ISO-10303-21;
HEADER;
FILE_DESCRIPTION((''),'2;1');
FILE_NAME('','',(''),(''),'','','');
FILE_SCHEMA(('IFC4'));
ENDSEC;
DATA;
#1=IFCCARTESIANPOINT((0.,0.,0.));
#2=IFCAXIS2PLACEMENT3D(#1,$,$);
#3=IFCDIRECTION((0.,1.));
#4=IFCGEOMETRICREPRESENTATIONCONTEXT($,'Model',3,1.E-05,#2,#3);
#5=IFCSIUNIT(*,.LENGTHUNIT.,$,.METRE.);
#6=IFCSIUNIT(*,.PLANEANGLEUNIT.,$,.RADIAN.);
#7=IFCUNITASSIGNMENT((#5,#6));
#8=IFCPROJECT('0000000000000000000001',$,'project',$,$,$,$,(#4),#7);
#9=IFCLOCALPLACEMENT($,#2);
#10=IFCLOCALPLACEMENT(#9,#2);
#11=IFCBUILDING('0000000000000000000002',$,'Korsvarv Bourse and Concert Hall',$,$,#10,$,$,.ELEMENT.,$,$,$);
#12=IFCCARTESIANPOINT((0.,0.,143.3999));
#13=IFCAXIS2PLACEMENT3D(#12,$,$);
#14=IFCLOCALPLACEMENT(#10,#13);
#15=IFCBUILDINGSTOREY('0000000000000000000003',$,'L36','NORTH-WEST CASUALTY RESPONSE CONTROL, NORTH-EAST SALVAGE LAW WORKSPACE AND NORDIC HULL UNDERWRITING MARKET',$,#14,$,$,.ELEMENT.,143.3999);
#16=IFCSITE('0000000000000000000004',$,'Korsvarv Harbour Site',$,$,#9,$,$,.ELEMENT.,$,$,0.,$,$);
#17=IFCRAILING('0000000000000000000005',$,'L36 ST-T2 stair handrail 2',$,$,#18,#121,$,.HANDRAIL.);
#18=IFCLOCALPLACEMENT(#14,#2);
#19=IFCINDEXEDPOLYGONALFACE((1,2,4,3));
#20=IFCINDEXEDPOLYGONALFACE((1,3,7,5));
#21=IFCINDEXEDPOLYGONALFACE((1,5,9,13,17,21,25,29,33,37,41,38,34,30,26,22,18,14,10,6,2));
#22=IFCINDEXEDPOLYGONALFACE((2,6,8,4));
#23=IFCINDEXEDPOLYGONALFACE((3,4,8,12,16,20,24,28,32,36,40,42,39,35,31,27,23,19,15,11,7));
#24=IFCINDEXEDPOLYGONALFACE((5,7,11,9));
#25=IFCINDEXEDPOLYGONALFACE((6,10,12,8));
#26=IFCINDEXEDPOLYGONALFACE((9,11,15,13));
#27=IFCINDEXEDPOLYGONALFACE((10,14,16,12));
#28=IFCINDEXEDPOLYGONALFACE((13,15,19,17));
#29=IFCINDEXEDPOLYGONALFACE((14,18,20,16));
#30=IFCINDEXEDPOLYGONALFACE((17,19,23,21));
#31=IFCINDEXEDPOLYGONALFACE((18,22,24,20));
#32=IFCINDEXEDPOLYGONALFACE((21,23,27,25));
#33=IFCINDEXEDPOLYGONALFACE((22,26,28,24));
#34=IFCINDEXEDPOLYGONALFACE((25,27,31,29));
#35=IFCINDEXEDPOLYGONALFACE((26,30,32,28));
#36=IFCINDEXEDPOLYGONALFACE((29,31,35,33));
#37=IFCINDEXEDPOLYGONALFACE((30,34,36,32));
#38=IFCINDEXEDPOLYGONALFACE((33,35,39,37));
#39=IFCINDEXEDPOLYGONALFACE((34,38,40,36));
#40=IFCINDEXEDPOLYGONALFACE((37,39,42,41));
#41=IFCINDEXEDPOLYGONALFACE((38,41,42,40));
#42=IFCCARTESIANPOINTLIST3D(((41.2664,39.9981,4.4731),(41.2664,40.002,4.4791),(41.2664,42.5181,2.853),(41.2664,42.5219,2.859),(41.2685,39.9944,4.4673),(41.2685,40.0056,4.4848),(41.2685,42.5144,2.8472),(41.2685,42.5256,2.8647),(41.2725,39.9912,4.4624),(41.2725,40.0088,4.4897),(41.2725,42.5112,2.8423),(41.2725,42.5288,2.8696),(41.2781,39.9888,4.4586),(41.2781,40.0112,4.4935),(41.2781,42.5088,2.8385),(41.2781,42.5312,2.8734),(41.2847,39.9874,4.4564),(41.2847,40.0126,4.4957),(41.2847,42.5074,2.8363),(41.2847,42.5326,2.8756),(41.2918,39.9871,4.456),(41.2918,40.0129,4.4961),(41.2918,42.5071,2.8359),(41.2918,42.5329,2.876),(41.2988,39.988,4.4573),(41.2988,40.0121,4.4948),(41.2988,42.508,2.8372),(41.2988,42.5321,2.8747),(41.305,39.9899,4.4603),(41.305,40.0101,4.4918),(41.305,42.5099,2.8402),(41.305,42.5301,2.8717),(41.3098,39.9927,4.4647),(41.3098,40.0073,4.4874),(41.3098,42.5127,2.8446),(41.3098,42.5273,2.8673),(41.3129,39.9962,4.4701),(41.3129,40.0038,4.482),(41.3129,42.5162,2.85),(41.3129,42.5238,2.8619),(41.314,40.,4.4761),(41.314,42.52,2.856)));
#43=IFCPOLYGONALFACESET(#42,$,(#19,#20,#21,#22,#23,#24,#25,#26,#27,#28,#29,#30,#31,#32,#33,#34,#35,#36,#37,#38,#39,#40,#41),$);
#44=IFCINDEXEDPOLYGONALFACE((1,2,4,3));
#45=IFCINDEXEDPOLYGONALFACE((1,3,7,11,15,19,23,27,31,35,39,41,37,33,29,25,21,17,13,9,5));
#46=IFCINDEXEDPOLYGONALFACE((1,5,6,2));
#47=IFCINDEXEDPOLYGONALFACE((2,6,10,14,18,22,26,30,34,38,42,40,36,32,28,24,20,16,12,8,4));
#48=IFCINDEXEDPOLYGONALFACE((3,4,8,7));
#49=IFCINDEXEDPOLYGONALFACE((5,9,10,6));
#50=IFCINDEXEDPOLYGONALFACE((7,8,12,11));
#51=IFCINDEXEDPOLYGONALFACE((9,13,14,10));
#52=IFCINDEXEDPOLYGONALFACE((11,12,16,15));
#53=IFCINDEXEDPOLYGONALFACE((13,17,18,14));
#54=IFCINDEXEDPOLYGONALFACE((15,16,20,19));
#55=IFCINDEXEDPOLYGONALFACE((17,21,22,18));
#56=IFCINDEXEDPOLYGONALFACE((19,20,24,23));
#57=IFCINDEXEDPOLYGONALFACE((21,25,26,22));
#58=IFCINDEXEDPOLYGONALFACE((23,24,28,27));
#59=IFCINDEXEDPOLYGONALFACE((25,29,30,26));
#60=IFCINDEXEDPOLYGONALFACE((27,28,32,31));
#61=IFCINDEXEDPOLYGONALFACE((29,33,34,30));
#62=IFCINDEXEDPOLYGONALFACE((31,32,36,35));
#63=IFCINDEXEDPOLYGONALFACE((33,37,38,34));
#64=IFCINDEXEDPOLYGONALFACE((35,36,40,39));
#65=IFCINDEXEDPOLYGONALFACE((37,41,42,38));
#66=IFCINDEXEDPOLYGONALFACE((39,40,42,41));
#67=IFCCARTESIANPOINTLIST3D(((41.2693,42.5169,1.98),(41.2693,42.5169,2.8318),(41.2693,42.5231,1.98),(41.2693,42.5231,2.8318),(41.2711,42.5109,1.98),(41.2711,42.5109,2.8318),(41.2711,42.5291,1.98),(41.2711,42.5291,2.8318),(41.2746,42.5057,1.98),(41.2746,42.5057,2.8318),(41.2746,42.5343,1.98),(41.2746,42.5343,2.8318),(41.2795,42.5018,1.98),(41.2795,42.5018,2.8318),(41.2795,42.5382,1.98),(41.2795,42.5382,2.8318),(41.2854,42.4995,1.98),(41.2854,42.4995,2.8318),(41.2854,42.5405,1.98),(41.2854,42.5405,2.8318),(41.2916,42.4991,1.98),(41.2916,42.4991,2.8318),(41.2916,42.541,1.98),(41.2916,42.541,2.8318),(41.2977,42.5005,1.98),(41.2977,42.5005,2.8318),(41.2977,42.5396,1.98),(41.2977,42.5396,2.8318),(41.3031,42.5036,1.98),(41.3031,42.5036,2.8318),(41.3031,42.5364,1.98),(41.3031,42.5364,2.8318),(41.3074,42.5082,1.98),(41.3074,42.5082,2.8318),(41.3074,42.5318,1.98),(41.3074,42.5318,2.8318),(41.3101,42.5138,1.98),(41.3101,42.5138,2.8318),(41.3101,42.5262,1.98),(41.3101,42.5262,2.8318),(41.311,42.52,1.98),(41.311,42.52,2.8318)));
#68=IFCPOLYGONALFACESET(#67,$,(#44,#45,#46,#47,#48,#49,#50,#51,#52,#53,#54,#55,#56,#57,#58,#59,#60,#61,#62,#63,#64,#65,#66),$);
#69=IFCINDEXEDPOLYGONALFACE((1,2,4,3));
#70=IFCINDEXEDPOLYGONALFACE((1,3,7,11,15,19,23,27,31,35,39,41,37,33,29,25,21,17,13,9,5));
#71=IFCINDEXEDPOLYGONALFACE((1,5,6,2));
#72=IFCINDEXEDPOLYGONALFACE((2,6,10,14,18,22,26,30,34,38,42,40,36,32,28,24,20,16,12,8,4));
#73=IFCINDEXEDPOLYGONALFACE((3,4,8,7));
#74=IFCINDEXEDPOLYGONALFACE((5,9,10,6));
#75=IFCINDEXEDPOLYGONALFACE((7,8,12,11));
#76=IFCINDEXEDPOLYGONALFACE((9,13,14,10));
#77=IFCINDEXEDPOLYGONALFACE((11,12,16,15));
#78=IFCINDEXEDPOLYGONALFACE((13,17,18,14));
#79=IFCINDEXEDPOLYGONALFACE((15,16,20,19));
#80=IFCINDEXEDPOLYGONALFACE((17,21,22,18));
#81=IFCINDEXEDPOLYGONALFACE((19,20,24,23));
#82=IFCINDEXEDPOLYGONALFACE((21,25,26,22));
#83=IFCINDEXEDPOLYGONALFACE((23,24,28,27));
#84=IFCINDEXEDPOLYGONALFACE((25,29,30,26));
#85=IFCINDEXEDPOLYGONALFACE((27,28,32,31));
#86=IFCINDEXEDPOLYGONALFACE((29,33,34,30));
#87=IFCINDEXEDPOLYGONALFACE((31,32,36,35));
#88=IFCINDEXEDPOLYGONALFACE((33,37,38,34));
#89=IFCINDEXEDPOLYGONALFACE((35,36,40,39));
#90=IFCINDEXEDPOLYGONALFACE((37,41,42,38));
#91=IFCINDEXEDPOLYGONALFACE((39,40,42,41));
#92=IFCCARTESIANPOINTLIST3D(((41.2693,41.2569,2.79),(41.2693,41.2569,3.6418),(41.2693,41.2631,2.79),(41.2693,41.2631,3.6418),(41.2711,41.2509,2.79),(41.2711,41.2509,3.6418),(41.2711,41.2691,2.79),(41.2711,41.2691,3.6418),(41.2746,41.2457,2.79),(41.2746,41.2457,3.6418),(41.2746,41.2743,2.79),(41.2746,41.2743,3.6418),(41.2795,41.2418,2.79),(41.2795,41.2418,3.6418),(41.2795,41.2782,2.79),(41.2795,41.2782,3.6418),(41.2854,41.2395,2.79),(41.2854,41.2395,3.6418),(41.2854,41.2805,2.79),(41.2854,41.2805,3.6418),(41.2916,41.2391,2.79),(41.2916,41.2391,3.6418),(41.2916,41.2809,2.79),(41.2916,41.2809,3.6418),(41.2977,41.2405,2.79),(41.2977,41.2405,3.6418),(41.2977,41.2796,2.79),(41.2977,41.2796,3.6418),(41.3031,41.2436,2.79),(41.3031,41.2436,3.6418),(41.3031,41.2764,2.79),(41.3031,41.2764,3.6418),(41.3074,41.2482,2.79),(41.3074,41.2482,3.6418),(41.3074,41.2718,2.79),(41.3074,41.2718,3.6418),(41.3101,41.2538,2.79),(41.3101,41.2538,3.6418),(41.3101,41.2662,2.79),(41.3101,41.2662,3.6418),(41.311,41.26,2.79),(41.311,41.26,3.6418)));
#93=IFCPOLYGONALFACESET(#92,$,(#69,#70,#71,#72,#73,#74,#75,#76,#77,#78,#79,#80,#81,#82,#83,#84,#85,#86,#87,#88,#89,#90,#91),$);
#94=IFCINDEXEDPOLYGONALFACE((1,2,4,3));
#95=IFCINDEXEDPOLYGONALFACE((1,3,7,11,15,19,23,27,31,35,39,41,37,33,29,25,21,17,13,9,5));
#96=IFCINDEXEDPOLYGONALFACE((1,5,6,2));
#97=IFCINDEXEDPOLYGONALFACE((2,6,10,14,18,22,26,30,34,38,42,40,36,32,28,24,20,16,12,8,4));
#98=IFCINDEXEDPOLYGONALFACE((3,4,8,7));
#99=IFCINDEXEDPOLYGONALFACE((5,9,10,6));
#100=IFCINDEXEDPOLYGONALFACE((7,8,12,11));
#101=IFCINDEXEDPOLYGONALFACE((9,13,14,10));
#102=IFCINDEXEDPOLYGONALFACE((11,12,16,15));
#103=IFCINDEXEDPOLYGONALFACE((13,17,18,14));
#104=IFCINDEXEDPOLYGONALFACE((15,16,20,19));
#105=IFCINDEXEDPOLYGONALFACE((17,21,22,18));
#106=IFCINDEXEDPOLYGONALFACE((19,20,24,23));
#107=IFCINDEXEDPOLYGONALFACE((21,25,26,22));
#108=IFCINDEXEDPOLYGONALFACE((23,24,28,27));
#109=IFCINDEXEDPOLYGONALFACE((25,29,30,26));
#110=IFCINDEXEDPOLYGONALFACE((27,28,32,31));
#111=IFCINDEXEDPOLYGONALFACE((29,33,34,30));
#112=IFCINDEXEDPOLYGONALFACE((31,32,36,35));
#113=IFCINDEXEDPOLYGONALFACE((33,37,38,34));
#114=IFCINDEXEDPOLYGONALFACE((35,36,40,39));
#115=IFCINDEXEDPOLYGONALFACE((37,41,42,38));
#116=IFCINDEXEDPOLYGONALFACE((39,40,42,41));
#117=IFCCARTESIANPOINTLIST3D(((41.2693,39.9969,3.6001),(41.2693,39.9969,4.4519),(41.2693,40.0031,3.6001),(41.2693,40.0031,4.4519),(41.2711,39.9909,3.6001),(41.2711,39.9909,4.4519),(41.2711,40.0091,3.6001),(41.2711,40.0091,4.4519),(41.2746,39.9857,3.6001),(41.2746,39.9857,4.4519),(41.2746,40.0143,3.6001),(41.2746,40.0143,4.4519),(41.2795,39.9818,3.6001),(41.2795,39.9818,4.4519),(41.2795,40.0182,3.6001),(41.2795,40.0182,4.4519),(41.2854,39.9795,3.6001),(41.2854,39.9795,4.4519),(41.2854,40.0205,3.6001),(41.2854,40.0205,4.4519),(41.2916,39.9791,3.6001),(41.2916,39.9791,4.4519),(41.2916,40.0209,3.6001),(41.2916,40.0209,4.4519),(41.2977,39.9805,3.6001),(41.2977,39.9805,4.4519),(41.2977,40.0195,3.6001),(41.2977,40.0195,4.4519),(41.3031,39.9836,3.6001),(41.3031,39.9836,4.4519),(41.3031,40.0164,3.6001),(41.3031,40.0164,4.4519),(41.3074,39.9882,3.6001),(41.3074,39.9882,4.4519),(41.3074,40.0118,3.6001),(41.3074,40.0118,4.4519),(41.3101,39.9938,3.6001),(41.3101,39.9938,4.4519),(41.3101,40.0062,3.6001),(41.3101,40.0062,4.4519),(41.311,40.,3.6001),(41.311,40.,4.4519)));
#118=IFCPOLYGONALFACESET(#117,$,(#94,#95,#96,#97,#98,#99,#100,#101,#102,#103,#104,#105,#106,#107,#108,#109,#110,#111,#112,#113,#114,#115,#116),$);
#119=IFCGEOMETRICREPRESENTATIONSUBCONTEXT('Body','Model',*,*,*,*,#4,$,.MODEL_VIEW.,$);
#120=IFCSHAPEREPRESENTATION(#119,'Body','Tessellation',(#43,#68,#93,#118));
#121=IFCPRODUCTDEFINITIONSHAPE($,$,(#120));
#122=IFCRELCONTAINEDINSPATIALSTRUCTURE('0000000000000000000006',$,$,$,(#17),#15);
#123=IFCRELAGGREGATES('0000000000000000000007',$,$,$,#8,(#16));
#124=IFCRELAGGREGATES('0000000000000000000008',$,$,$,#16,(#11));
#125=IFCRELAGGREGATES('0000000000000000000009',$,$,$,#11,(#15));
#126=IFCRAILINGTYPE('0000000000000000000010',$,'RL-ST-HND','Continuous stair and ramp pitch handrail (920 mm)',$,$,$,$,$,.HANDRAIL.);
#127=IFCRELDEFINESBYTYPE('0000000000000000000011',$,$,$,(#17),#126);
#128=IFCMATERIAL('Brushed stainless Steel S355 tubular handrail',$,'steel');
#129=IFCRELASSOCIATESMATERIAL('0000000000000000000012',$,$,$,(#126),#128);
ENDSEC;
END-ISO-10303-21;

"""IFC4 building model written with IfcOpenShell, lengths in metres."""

from ifc_helpers import new_model, si_unit, direction, frame, origin, origin_2d, place, context, subcontext, project, spatial, circle, extrude, material, type_object, element, save


model = new_model("IFC4")

# Units and contexts
model_context = context("Model", 3, precision=1e-05, world=origin(), true_north=direction((0.0, 1.0)))
body_context = subcontext(model_context, "Body", "Model", "MODEL_VIEW")
ifc_project = project(units=[si_unit("LENGTHUNIT", "METRE"), si_unit("PLANEANGLEUNIT", "RADIAN")], contexts=[model_context])

# Site, building, storey
site_placement = place(None, origin())
site = spatial("IfcSite", under=ifc_project, at=site_placement, Name="Korsvarv Harbour Site", CompositionType="ELEMENT", RefElevation=0.0)
building_placement = place(site_placement, origin())
building = spatial("IfcBuilding", under=site, at=building_placement, Name="Korsvarv Bourse and Concert Hall", CompositionType="ELEMENT")
storey_placement = place(building_placement, frame((0.0, 0.0, 143.3999)))
storey = spatial("IfcBuildingStorey", under=building, at=storey_placement, Name="L36", Description="NORTH-WEST CASUALTY RESPONSE CONTROL, NORTH-EAST SALVAGE LAW WORKSPACE AND NORDIC HULL UNDERWRITING MARKET", CompositionType="ELEMENT", Elevation=143.3999)

# Railing
ifc_material_1 = material(Name="Brushed stainless Steel S355 tubular handrail", Category="steel")
railing_type_1 = type_object("IfcRailingType", Name="RL-ST-HND", Description="Continuous stair and ramp pitch handrail (920 mm)", PredefinedType="HANDRAIL", material=ifc_material_1)
railing_1_placement = place(storey_placement, frame((41.29, 42.52, 1.98)))
element("IfcRailing", 1, at=railing_1_placement, inside=storey, type_object=railing_type_1, Name="L36 ST-T2 stair handrail 2", PredefinedType="HANDRAIL", context=body_context, shape_type="SweptSolid", body=[
    extrude(circle(Radius=0.0239, at=origin_2d()), frame((0.0, 0.0, 0.876), z_axis=(0.0, -0.841163, 0.540782), x_axis=(1.0, 0.0, 0.0)), (0.0, 0.0, 1.0), 2.9958),
    extrude(circle(Radius=0.021, at=origin_2d()), origin(), (0.0, 0.0, 1.0), 0.8518),
    extrude(circle(Radius=0.021, at=origin_2d()), frame((0.0, -1.26, 0.8101)), (0.0, 0.0, 1.0), 0.8518),
    extrude(circle(Radius=0.021, at=origin_2d()), frame((0.0, -2.52, 1.6201)), (0.0, 0.0, 1.0), 0.8518),
])

save(model, "model.ifc")
